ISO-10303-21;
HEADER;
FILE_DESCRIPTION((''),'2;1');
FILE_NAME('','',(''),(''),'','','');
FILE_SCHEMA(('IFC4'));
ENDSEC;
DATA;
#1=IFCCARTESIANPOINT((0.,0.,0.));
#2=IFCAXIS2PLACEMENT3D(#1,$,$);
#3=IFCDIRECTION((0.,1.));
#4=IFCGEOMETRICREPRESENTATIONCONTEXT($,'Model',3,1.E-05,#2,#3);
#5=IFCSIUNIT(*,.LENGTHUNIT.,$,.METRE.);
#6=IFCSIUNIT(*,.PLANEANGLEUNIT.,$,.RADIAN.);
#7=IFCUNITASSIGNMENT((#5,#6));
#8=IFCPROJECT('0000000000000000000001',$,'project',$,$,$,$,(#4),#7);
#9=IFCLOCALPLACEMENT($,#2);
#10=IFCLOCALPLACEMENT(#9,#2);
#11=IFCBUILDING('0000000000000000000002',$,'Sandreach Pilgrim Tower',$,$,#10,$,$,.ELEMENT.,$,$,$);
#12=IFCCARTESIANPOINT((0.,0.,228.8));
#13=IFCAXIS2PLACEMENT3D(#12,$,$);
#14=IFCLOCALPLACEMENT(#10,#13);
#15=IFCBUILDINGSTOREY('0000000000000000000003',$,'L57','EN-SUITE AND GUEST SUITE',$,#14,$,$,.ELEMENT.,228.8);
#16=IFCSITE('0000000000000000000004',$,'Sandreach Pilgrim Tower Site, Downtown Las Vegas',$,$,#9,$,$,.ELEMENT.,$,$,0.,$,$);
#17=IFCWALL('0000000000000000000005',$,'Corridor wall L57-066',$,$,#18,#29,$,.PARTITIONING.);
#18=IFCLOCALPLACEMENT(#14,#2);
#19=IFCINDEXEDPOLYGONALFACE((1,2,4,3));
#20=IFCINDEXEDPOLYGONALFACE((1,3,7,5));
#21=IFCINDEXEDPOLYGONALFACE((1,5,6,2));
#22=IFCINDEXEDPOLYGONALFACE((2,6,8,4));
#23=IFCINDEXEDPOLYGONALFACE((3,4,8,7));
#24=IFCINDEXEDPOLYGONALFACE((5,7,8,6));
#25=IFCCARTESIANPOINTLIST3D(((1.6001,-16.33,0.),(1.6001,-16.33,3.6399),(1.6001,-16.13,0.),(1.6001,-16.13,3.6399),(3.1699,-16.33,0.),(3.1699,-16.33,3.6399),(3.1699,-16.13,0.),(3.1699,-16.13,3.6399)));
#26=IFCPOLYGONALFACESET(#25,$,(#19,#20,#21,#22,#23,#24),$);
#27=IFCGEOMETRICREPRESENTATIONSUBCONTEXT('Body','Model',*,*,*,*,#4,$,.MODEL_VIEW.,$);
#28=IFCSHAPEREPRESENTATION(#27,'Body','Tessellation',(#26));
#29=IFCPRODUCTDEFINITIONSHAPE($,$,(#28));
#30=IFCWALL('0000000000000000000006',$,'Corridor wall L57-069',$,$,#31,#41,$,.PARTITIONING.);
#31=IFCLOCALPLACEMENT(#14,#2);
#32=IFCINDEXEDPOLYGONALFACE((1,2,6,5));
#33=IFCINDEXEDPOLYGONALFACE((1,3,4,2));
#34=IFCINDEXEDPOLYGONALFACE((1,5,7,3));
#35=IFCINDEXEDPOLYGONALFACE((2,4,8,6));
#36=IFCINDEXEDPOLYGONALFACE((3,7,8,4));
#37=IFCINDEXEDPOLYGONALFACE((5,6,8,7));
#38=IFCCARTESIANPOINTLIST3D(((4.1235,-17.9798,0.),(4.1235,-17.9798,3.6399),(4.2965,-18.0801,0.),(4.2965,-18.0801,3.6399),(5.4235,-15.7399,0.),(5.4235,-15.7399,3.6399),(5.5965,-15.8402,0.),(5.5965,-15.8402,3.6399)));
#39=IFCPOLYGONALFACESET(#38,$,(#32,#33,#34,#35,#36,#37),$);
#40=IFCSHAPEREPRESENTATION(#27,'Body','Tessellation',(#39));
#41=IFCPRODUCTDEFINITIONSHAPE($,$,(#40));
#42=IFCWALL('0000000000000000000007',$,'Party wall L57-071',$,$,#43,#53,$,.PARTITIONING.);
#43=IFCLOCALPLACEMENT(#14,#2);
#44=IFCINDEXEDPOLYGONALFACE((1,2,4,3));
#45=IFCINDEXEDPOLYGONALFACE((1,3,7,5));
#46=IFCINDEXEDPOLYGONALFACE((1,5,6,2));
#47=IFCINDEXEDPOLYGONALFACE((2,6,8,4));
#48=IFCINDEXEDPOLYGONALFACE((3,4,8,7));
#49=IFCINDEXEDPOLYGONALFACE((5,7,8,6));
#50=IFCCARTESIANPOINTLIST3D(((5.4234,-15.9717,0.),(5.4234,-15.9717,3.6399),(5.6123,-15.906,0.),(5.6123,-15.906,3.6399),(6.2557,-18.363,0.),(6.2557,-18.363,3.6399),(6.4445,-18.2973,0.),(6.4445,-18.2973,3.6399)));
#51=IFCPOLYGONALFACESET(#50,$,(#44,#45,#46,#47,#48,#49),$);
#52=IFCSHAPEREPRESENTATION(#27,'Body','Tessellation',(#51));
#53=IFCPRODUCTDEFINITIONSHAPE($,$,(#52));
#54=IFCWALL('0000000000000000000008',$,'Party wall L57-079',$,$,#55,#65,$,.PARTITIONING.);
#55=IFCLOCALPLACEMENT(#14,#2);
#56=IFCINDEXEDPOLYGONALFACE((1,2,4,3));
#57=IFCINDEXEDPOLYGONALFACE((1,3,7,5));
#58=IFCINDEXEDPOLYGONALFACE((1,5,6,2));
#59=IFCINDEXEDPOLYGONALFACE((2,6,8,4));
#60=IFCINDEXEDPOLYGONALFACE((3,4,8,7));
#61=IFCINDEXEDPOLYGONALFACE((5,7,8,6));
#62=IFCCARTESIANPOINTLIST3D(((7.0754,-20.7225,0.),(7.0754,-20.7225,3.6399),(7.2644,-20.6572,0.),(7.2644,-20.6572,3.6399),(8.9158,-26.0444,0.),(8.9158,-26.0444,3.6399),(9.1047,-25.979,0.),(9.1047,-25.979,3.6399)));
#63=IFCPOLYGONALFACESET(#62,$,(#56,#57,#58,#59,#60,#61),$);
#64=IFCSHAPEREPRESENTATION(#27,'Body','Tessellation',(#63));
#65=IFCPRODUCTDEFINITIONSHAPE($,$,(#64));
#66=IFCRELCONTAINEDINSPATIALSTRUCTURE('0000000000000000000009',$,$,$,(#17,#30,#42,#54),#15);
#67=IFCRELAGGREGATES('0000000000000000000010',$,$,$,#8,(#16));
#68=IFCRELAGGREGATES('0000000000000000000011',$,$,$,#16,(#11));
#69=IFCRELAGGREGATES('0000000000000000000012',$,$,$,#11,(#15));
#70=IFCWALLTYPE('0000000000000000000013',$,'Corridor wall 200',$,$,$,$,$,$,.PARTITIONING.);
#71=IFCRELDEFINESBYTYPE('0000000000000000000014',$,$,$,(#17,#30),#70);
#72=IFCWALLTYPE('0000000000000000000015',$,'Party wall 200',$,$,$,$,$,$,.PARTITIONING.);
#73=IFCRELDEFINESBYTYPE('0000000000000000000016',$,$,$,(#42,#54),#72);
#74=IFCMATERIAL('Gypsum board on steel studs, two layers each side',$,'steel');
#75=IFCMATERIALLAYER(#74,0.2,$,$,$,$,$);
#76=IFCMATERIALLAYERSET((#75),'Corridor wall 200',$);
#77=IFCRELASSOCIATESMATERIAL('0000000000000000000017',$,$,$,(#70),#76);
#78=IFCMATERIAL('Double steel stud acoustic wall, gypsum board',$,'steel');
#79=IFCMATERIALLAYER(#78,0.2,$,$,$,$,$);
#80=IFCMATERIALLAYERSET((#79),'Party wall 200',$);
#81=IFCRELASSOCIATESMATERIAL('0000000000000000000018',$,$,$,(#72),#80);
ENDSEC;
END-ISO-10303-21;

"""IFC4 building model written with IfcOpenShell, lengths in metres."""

from ifc_helpers import new_model, si_unit, direction, frame, frame_2d, origin, place, context, subcontext, project, spatial, rectangle, extrude, material, layer, layer_set, type_object, element, save


model = new_model("IFC4")

# Units and contexts
model_context = context("Model", 3, precision=1e-05, world=origin(), true_north=direction((0.0, 1.0)))
body_context = subcontext(model_context, "Body", "Model", "MODEL_VIEW")
ifc_project = project(units=[si_unit("LENGTHUNIT", "METRE"), si_unit("PLANEANGLEUNIT", "RADIAN")], contexts=[model_context])

# Site, building, storey
site_placement = place(None, origin())
site = spatial("IfcSite", under=ifc_project, at=site_placement, Name="Sandreach Pilgrim Tower Site, Downtown Las Vegas", CompositionType="ELEMENT", RefElevation=0.0)
building_placement = place(site_placement, origin())
building = spatial("IfcBuilding", under=site, at=building_placement, Name="Sandreach Pilgrim Tower", CompositionType="ELEMENT")
storey_placement = place(building_placement, frame((0.0, 0.0, 228.8)))
storey = spatial("IfcBuildingStorey", under=building, at=storey_placement, Name="L57", Description="EN-SUITE AND GUEST SUITE", CompositionType="ELEMENT", Elevation=228.8)

# Shared definitions
ifc_material_1 = material(Name="Gypsum board on steel studs, two layers each side", Category="steel")
ifc_layer_1 = layer(ifc_material_1, 0.2)
ifc_layer_set_1 = layer_set([ifc_layer_1], Name="Corridor wall 200")
wall_type_1 = type_object("IfcWallType", Name="Corridor wall 200", PredefinedType="PARTITIONING", material=ifc_layer_set_1)

# Walls
wall_1_placement = place(storey_placement, frame((3.1699, -16.23, 0.0), z_axis=(0.0, 0.0, 1.0), x_axis=(-1.0, 0.0, 0.0)))
element("IfcWall", 1, at=wall_1_placement, inside=storey, type_object=wall_type_1, Name="Corridor wall L57-066", PredefinedType="PARTITIONING", context=body_context, shape_type="SweptSolid", body=[
    extrude(rectangle(XDim=1.5698, YDim=0.2, at=frame_2d((0.7849, 0.0))), origin(), (0.0, 0.0, 1.0), 3.6399),
])
wall_2_placement = place(storey_placement, frame((5.51, -15.79, 0.0), z_axis=(0.0, 0.0, 1.0), x_axis=(-0.501965, -0.864888, 0.0)))
element("IfcWall", 2, at=wall_2_placement, inside=storey, type_object=wall_type_1, Name="Corridor wall L57-069", PredefinedType="PARTITIONING", context=body_context, shape_type="SweptSolid", body=[
    extrude(rectangle(XDim=2.5898, YDim=0.2, at=frame_2d((1.2949, 0.0))), origin(), (0.0, 0.0, 1.0), 3.6399),
])

# Walls
ifc_material_2 = material(Name="Double steel stud acoustic wall, gypsum board", Category="steel")
ifc_layer_2 = layer(ifc_material_2, 0.2)
ifc_layer_set_2 = layer_set([ifc_layer_2], Name="Party wall 200")
wall_type_2 = type_object("IfcWallType", Name="Party wall 200", PredefinedType="PARTITIONING", material=ifc_layer_set_2)
wall_3_placement = place(storey_placement, frame((5.5178, -15.9387, 0.0), z_axis=(0.0, 0.0, 1.0), x_axis=(0.328696, -0.944436, 0.0)))
element("IfcWall", 3, at=wall_3_placement, inside=storey, type_object=wall_type_2, Name="Party wall L57-071", PredefinedType="PARTITIONING", context=body_context, shape_type="SweptSolid", body=[
    extrude(rectangle(XDim=2.532, YDim=0.2, at=frame_2d((1.2661, 0.0))), origin(), (0.0, 0.0, 1.0), 3.6399),
])
wall_4_placement = place(storey_placement, frame((7.1699, -20.6899, 0.0), z_axis=(0.0, 0.0, 1.0), x_axis=(0.326822, -0.945086, 0.0)))
element("IfcWall", 4, at=wall_4_placement, inside=storey, type_object=wall_type_2, Name="Party wall L57-079", PredefinedType="PARTITIONING", context=body_context, shape_type="SweptSolid", body=[
    extrude(rectangle(XDim=5.6311, YDim=0.2, at=frame_2d((2.8154, 0.0))), origin(), (0.0, 0.0, 1.0), 3.6399),
])

save(model, "model.ifc")
